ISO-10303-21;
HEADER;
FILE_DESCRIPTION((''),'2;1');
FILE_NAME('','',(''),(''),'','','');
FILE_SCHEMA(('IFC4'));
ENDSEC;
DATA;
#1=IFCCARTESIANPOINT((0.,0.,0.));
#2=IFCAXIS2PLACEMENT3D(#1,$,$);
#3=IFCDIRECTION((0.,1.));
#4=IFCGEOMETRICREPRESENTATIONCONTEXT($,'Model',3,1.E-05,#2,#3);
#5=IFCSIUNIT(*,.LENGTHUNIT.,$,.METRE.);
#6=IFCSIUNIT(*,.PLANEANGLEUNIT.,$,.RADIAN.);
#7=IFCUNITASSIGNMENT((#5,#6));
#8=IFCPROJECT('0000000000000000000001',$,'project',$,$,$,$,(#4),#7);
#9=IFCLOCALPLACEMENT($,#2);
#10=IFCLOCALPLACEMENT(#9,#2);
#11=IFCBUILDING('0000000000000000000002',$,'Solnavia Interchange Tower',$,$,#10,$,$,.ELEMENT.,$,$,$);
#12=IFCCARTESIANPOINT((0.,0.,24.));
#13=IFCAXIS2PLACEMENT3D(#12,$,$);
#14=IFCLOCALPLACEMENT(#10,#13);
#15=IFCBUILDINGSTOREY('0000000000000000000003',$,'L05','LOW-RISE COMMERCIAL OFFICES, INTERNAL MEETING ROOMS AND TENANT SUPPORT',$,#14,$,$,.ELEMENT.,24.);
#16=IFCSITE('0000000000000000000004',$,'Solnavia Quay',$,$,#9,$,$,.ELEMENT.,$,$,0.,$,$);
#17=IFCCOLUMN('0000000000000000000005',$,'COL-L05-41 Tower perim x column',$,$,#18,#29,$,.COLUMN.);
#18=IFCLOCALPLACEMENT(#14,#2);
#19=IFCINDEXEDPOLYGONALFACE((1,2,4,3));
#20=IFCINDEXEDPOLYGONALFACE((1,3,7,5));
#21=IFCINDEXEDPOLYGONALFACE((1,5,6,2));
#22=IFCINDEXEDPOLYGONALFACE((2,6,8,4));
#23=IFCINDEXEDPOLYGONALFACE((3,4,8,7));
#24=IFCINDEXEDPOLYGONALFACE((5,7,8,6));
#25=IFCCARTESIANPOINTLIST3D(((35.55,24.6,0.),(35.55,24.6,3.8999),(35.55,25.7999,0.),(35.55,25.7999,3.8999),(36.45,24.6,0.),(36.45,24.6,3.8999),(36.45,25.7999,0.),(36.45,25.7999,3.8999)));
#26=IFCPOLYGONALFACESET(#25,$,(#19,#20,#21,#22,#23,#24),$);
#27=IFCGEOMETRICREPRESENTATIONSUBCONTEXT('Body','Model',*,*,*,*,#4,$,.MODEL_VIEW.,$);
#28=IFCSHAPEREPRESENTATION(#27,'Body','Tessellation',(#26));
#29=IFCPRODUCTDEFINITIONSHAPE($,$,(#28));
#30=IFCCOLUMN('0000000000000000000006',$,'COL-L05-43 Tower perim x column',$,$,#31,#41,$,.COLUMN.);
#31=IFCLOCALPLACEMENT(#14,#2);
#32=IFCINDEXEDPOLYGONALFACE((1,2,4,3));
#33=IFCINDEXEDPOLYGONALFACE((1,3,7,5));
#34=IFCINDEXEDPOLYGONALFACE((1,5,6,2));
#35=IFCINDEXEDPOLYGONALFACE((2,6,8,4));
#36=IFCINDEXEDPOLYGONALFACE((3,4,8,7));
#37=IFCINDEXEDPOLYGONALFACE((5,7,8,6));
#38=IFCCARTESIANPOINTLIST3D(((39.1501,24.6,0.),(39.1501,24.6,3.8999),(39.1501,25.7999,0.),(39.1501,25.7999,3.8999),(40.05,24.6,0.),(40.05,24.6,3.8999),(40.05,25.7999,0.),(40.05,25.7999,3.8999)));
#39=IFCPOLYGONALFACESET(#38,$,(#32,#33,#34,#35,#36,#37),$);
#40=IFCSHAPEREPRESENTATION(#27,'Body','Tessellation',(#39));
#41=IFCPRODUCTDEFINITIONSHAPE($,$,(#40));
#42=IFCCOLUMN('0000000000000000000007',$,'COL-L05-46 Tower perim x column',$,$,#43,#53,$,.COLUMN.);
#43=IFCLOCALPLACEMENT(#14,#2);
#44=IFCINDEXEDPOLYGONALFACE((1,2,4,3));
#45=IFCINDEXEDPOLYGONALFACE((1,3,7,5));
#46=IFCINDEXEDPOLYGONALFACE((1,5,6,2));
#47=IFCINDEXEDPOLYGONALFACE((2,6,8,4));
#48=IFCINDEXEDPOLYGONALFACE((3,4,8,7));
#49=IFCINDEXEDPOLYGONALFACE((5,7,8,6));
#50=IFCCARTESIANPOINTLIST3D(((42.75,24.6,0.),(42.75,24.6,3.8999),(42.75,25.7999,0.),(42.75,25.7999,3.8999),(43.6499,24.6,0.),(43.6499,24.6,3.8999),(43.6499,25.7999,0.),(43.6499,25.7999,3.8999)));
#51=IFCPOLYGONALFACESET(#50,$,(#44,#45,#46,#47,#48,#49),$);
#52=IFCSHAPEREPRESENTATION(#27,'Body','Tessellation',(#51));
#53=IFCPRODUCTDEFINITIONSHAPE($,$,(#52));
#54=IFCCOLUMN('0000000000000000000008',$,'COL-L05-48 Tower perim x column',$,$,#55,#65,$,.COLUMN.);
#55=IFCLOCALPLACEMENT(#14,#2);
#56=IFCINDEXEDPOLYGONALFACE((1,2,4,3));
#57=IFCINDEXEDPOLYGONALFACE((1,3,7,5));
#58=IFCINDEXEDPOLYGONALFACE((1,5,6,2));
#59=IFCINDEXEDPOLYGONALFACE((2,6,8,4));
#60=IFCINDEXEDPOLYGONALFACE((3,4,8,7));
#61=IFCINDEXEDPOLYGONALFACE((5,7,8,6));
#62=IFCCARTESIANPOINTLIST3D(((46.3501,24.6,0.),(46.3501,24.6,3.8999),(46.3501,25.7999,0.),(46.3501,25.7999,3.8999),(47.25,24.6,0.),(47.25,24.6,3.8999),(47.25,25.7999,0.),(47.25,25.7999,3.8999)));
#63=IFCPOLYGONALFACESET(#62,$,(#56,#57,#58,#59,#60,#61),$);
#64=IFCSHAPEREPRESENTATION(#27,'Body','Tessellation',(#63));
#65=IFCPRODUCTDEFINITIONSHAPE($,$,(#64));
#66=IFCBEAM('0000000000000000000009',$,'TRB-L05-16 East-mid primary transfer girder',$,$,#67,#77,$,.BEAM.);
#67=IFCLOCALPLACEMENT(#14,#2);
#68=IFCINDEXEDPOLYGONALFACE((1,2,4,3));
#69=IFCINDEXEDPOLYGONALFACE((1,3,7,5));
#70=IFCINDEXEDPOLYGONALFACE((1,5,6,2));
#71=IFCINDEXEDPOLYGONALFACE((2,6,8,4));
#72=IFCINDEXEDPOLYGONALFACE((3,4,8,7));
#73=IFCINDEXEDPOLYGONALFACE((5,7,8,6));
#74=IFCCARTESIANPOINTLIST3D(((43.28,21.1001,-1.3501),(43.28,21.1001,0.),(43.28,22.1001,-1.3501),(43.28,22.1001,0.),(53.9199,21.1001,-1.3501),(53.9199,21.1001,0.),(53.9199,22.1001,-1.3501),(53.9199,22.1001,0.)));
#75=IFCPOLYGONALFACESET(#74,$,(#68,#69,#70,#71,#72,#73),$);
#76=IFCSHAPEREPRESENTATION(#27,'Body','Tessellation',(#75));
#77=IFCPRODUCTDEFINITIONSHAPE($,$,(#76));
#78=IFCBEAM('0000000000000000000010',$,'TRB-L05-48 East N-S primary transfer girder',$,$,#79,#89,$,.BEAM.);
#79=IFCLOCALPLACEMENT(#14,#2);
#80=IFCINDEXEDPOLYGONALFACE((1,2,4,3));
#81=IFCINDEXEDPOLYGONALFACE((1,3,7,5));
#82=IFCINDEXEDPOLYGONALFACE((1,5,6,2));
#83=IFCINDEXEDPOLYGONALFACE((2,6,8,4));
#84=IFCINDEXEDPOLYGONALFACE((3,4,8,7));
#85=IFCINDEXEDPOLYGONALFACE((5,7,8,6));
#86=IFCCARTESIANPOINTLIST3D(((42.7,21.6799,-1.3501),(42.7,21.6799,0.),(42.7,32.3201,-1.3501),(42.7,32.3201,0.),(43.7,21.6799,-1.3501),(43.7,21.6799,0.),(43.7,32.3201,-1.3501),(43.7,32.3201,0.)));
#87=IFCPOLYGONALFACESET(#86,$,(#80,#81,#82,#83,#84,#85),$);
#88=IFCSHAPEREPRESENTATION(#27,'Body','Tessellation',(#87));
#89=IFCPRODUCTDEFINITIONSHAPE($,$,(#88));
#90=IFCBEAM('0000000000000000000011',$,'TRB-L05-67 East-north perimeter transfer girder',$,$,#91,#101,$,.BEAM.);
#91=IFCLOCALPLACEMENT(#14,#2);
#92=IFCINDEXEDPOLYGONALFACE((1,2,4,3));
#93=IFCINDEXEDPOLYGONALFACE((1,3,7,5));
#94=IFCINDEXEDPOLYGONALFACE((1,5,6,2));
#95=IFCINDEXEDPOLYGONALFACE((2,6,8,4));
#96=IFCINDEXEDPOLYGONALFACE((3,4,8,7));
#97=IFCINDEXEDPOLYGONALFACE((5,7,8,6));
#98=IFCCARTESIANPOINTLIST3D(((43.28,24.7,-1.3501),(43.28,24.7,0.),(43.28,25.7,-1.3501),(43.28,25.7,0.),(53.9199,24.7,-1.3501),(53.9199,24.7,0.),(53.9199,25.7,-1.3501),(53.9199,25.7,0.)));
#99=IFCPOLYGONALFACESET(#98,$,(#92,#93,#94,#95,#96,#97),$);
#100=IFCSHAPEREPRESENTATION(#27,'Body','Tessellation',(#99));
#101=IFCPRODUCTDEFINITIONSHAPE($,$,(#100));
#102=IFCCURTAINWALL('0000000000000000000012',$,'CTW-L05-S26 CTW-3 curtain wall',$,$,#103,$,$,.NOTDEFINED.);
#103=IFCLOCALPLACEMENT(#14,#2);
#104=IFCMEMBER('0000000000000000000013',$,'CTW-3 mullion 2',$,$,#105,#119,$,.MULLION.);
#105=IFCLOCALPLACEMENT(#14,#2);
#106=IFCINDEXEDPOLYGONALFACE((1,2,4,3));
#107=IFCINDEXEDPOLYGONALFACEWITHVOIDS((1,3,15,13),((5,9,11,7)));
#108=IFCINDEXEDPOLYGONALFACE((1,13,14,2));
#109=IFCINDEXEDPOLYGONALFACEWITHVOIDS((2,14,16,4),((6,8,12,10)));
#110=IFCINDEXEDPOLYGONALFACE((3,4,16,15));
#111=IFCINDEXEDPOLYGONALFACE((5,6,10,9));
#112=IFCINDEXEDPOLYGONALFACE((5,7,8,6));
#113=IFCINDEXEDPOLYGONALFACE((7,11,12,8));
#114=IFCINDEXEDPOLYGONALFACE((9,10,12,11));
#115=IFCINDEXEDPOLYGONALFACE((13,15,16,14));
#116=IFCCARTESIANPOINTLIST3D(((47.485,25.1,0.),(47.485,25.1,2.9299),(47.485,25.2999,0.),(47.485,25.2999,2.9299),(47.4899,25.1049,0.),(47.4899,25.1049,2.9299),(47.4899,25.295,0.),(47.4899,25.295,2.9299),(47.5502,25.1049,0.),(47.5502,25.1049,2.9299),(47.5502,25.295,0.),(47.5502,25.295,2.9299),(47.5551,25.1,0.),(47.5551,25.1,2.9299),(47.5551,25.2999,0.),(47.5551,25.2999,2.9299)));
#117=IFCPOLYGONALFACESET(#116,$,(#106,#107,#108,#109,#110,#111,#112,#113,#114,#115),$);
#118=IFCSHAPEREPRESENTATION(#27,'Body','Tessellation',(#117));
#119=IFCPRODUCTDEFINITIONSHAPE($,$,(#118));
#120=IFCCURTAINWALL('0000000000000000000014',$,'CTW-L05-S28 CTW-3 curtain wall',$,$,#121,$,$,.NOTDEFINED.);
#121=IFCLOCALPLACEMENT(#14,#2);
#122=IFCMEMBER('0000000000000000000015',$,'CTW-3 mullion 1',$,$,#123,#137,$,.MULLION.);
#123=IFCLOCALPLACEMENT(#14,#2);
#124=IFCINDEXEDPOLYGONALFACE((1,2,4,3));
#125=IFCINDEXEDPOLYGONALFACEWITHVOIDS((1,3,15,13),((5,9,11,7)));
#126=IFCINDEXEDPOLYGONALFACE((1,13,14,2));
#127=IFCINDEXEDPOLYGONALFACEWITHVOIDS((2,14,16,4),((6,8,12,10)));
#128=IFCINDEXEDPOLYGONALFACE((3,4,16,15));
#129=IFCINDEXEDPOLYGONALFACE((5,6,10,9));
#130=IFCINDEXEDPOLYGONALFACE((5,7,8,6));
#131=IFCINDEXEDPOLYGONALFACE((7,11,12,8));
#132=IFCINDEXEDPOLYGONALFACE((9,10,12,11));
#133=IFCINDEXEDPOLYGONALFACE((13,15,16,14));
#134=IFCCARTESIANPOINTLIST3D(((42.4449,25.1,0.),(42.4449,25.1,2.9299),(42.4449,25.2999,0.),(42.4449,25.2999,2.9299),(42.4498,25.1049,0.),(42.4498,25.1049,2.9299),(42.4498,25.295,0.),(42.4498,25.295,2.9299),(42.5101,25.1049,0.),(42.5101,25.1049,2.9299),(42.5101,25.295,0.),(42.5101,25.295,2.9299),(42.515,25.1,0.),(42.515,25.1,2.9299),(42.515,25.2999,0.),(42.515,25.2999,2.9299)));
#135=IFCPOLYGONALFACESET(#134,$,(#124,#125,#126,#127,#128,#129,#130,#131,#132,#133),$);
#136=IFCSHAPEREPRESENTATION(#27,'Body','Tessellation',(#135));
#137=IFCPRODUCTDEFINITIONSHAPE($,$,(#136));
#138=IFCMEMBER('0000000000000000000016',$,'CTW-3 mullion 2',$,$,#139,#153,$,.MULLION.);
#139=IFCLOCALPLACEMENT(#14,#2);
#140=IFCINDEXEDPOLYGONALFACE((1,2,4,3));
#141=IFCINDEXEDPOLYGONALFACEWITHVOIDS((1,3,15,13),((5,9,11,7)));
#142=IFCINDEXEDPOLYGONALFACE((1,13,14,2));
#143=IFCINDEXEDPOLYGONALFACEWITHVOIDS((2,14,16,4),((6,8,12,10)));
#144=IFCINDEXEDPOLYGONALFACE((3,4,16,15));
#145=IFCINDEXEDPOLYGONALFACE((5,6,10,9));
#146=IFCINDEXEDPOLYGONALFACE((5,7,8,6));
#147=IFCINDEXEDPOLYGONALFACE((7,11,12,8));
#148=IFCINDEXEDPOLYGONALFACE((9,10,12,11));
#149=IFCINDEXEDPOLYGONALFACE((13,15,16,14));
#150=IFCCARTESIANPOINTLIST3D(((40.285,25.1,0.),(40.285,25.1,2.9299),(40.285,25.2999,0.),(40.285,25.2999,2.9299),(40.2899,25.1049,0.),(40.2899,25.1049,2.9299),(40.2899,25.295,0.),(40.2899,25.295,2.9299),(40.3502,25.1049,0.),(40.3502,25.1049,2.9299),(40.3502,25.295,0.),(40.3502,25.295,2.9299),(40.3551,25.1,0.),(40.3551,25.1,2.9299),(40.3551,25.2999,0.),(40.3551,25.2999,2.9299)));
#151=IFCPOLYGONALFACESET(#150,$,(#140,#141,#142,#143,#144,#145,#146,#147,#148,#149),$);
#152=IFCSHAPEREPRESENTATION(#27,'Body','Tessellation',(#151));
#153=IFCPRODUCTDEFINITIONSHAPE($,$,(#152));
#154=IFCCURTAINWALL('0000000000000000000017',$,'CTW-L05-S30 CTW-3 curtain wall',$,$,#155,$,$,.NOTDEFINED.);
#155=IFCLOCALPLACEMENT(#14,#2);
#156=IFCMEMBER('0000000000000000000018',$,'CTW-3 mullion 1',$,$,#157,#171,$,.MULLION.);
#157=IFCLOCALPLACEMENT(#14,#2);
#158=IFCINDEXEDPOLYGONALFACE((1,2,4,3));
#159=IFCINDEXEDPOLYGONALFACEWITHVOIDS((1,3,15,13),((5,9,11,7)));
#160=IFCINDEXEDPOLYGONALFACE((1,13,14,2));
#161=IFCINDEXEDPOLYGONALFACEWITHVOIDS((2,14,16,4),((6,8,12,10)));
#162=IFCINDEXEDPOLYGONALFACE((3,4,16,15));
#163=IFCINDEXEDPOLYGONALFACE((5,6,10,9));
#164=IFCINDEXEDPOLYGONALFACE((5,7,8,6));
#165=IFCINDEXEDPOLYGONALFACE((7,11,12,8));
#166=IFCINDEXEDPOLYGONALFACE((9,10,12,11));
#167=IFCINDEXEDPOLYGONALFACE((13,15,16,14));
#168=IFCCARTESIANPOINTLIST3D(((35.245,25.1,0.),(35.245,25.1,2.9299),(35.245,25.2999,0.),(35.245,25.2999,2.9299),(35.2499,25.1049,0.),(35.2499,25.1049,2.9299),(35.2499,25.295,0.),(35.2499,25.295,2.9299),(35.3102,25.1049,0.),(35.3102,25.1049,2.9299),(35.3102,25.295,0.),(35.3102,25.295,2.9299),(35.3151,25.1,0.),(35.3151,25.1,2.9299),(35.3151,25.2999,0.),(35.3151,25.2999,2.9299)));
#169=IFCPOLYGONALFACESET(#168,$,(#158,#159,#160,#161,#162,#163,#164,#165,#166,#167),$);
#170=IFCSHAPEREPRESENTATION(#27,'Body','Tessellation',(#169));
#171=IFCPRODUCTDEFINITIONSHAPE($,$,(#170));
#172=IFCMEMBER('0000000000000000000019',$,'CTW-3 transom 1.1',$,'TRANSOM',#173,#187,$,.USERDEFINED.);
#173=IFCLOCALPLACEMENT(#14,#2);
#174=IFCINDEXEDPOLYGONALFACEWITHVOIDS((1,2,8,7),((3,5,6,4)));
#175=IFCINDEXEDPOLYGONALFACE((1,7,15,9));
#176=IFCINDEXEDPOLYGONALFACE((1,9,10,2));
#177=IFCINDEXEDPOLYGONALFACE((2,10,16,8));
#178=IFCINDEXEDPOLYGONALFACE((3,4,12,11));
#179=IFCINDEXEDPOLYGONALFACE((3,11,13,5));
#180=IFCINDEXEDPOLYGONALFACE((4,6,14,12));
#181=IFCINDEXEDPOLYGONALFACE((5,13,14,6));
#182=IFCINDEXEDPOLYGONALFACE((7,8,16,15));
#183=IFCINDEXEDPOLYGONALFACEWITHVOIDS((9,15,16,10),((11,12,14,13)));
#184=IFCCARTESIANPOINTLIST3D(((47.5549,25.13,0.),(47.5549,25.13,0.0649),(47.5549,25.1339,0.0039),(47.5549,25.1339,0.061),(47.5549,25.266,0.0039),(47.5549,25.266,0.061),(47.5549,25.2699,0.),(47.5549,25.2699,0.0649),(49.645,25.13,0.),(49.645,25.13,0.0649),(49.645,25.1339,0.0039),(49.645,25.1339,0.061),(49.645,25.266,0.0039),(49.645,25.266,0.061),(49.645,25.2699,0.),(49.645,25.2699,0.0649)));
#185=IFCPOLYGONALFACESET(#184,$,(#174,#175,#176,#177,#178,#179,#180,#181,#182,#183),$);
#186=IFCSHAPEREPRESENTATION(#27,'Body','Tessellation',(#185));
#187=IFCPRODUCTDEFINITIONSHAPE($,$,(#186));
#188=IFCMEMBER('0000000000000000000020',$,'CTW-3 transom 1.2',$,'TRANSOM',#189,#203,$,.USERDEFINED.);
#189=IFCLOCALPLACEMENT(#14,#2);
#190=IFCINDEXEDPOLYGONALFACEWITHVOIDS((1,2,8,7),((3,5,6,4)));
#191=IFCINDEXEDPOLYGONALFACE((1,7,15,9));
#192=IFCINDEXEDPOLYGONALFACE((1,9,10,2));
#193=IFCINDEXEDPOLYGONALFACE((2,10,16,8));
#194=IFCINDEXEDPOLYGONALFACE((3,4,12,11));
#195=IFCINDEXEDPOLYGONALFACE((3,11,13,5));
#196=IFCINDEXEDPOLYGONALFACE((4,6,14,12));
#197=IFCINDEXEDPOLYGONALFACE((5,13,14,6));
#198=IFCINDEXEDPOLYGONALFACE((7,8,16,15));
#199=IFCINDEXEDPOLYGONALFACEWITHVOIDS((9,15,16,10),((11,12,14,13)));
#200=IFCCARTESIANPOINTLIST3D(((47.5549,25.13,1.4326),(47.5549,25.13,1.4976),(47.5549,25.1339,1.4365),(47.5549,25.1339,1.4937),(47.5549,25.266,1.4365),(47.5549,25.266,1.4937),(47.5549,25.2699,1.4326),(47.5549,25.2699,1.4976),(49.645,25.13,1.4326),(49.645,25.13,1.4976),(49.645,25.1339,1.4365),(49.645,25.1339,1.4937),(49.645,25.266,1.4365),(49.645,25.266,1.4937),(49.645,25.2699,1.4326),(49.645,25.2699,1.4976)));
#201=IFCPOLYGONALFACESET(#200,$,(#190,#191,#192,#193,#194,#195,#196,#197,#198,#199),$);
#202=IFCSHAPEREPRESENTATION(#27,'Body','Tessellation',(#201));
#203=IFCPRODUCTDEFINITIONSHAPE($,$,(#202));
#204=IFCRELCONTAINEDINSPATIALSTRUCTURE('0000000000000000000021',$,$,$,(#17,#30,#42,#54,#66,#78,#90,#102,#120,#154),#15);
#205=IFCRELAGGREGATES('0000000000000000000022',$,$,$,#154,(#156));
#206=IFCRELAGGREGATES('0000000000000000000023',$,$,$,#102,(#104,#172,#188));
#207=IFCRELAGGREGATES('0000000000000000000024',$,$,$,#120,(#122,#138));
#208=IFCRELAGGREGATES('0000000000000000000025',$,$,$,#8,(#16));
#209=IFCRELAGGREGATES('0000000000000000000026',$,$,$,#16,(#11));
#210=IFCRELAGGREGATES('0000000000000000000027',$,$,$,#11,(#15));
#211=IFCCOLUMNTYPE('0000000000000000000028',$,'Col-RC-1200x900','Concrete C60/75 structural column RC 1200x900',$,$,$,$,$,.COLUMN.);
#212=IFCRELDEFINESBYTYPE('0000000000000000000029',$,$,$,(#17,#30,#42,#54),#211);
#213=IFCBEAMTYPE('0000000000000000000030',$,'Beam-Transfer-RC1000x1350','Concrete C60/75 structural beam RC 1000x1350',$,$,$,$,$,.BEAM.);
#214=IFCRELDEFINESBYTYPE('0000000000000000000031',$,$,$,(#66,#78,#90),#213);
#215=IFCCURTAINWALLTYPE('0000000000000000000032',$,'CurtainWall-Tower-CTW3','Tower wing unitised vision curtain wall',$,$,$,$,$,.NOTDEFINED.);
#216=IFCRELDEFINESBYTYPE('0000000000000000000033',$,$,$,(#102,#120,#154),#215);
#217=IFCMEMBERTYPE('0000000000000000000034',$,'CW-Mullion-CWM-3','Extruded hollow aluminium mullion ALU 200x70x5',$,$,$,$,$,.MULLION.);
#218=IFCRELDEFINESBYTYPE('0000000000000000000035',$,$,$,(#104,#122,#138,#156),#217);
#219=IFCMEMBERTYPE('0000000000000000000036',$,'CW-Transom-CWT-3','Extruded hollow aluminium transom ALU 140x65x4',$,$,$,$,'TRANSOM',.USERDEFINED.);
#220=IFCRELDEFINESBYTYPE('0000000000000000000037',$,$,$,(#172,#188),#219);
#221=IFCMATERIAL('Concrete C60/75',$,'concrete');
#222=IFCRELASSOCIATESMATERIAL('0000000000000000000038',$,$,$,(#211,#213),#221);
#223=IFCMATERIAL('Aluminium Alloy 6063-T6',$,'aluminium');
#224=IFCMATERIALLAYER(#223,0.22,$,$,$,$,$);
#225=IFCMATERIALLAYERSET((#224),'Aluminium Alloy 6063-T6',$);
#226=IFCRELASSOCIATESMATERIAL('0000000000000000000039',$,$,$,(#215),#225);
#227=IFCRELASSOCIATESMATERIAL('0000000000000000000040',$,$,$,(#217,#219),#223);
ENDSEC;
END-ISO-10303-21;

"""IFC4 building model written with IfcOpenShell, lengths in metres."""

from ifc_helpers import new_model, si_unit, direction, frame, origin, origin_2d, place, context, subcontext, project, spatial, rectangle, hollow_rectangle, extrude, material, layer, layer_set, material_profile, profile_set, type_object, element, aggregate, save


model = new_model("IFC4")

# Units and contexts
model_context = context("Model", 3, precision=1e-05, world=origin(), true_north=direction((0.0, 1.0)))
body_context = subcontext(model_context, "Body", "Model", "MODEL_VIEW")
ifc_project = project(units=[si_unit("LENGTHUNIT", "METRE"), si_unit("PLANEANGLEUNIT", "RADIAN")], contexts=[model_context])

# Site, building, storey
site_placement = place(None, origin())
site = spatial("IfcSite", under=ifc_project, at=site_placement, Name="Solnavia Quay", CompositionType="ELEMENT", RefElevation=0.0)
building_placement = place(site_placement, origin())
building = spatial("IfcBuilding", under=site, at=building_placement, Name="Solnavia Interchange Tower", CompositionType="ELEMENT")
storey_placement = place(building_placement, frame((0.0, 0.0, 24.0)))
storey = spatial("IfcBuildingStorey", under=building, at=storey_placement, Name="L05", Description="LOW-RISE COMMERCIAL OFFICES, INTERNAL MEETING ROOMS AND TENANT SUPPORT", CompositionType="ELEMENT", Elevation=24.0)

# Columns
ifc_material_1 = material(Name="Concrete C60/75", Category="concrete")
ifc_material_profile_1 = material_profile(ifc_material_1, rectangle(XDim=0.8999, YDim=1.2, at=origin_2d()), Name="RC 1200x900")
ifc_profile_set_1 = profile_set([ifc_material_profile_1], Name="Concrete C60/75")
column_type = type_object("IfcColumnType", Name="Col-RC-1200x900", Description="Concrete C60/75 structural column RC 1200x900", PredefinedType="COLUMN", material=ifc_profile_set_1)
for number, where, z_axis, x_axis, name in (
    (1, (36.0, 25.2, 0.0), (0.0, 0.0, 1.0), (1.0, 0.0, 0.0), "COL-L05-41 Tower perim x column"),
    (2, (39.6001, 25.2, 0.0), (0.0, 0.0, 1.0), (1.0, 0.0, 0.0), "COL-L05-43 Tower perim x column"),
    (3, (43.2, 25.2, 0.0), (0.0, 0.0, 1.0), (1.0, 0.0, 0.0), "COL-L05-46 Tower perim x column"),
    (4, (46.8, 25.2, 0.0), (0.0, 0.0, 1.0), (1.0, 0.0, 0.0), "COL-L05-48 Tower perim x column"),
):
    element("IfcColumn", number, at=place(storey_placement, frame(where, z_axis=z_axis, x_axis=x_axis)), inside=storey, type_object=column_type, Name=name, PredefinedType="COLUMN", context=body_context, shape_type="SweptSolid", body=[
        extrude(rectangle(XDim=0.8999, YDim=1.2, at=origin_2d()), origin(), (0.0, 0.0, 1.0), 3.8999),
    ])

# Beams
ifc_material_profile_2 = material_profile(ifc_material_1, rectangle(XDim=1.0, YDim=1.3501, at=origin_2d()), Name="RC 1000x1350")
ifc_profile_set_2 = profile_set([ifc_material_profile_2], Name="Concrete C60/75")
beam_type = type_object("IfcBeamType", Name="Beam-Transfer-RC1000x1350", Description="Concrete C60/75 structural beam RC 1000x1350", PredefinedType="BEAM", material=ifc_profile_set_2)
beam_1_placement = place(storey_placement, frame((43.28, 21.6001, -0.675), z_axis=(1.0, 0.0, 0.0), x_axis=(0.0, 1.0, 0.0)))
element("IfcBeam", 5, at=beam_1_placement, inside=storey, type_object=beam_type, Name="TRB-L05-16 East-mid primary transfer girder", PredefinedType="BEAM", context=body_context, shape_type="SweptSolid", body=[
    extrude(rectangle(XDim=1.0, YDim=1.3501, at=origin_2d()), origin(), (0.0, 0.0, 1.0), 10.6399),
])
beam_2_placement = place(storey_placement, frame((43.2, 21.6799, -0.675), z_axis=(0.0, 1.0, 0.0), x_axis=(-1.0, 0.0, 0.0)))
element("IfcBeam", 6, at=beam_2_placement, inside=storey, type_object=beam_type, Name="TRB-L05-48 East N-S primary transfer girder", PredefinedType="BEAM", context=body_context, shape_type="SweptSolid", body=[
    extrude(rectangle(XDim=1.0, YDim=1.3501, at=origin_2d()), origin(), (0.0, 0.0, 1.0), 10.6401),
])
beam_3_placement = place(storey_placement, frame((43.28, 25.2, -0.675), z_axis=(1.0, 0.0, 0.0), x_axis=(0.0, 1.0, 0.0)))
element("IfcBeam", 7, at=beam_3_placement, inside=storey, type_object=beam_type, Name="TRB-L05-67 East-north perimeter transfer girder", PredefinedType="BEAM", context=body_context, shape_type="SweptSolid", body=[
    extrude(rectangle(XDim=1.0, YDim=1.3501, at=origin_2d()), origin(), (0.0, 0.0, 1.0), 10.6399),
])

# Curtain wall, member
ifc_material_2 = material(Name="Aluminium Alloy 6063-T6", Category="aluminium")
ifc_layer_1 = layer(ifc_material_2, 0.22)
ifc_layer_set_1 = layer_set([ifc_layer_1], Name="Aluminium Alloy 6063-T6")
curtain_wall_type = type_object("IfcCurtainWallType", Name="CurtainWall-Tower-CTW3", Description="Tower wing unitised vision curtain wall", PredefinedType="NOTDEFINED", material=ifc_layer_set_1)
curtain_wall_1_placement = place(storey_placement, origin())
curtain_wall_1 = element("IfcCurtainWall", 8, at=curtain_wall_1_placement, inside=storey, type_object=curtain_wall_type, Name="CTW-L05-S26 CTW-3 curtain wall", PredefinedType="NOTDEFINED")
ifc_material_profile_3 = material_profile(ifc_material_2, hollow_rectangle(XDim=0.0701, YDim=0.2, WallThickness=0.0049, at=origin_2d()), Name="ALU 200x70x5")
ifc_profile_set_3 = profile_set([ifc_material_profile_3], Name="Aluminium Alloy 6063-T6")
member_type_1 = type_object("IfcMemberType", Name="CW-Mullion-CWM-3", Description="Extruded hollow aluminium mullion ALU 200x70x5", PredefinedType="MULLION", material=ifc_profile_set_3)
member_1_placement = place(storey_placement, frame((47.52, 25.2, 0.0), z_axis=(0.0, 0.0, 1.0), x_axis=(-1.0, 0.0, 0.0)))
member_1 = element("IfcMember", 9, at=member_1_placement, type_object=member_type_1, Name="CTW-3 mullion 2", PredefinedType="MULLION", context=body_context, shape_type="SweptSolid", body=[
    extrude(hollow_rectangle(XDim=0.0701, YDim=0.2, WallThickness=0.0049, at=origin_2d()), origin(), (0.0, 0.0, 1.0), 2.9299),
])

# Curtain wall, members
curtain_wall_2_placement = place(storey_placement, origin())
curtain_wall_2 = element("IfcCurtainWall", 10, at=curtain_wall_2_placement, inside=storey, type_object=curtain_wall_type, Name="CTW-L05-S28 CTW-3 curtain wall", PredefinedType="NOTDEFINED")
member_2_placement = place(storey_placement, frame((42.48, 25.2, 0.0), z_axis=(0.0, 0.0, 1.0), x_axis=(-1.0, 0.0, 0.0)))
member_2 = element("IfcMember", 11, at=member_2_placement, type_object=member_type_1, Name="CTW-3 mullion 1", PredefinedType="MULLION", context=body_context, shape_type="SweptSolid", body=[
    extrude(hollow_rectangle(XDim=0.0701, YDim=0.2, WallThickness=0.0049, at=origin_2d()), origin(), (0.0, 0.0, 1.0), 2.9299),
])
member_3_placement = place(storey_placement, frame((40.3201, 25.2, 0.0), z_axis=(0.0, 0.0, 1.0), x_axis=(-1.0, 0.0, 0.0)))
member_3 = element("IfcMember", 12, at=member_3_placement, type_object=member_type_1, Name="CTW-3 mullion 2", PredefinedType="MULLION", context=body_context, shape_type="SweptSolid", body=[
    extrude(hollow_rectangle(XDim=0.0701, YDim=0.2, WallThickness=0.0049, at=origin_2d()), origin(), (0.0, 0.0, 1.0), 2.9299),
])

# Curtain wall, member
curtain_wall_3_placement = place(storey_placement, origin())
curtain_wall_3 = element("IfcCurtainWall", 13, at=curtain_wall_3_placement, inside=storey, type_object=curtain_wall_type, Name="CTW-L05-S30 CTW-3 curtain wall", PredefinedType="NOTDEFINED")
member_4_placement = place(storey_placement, frame((35.28, 25.2, 0.0), z_axis=(0.0, 0.0, 1.0), x_axis=(-1.0, 0.0, 0.0)))
member_4 = element("IfcMember", 14, at=member_4_placement, type_object=member_type_1, Name="CTW-3 mullion 1", PredefinedType="MULLION", context=body_context, shape_type="SweptSolid", body=[
    extrude(hollow_rectangle(XDim=0.0701, YDim=0.2, WallThickness=0.0049, at=origin_2d()), origin(), (0.0, 0.0, 1.0), 2.9299),
])
aggregate(curtain_wall_3, [member_4])

# Members
ifc_material_profile_4 = material_profile(ifc_material_2, hollow_rectangle(XDim=0.0649, YDim=0.1399, WallThickness=0.0039, at=origin_2d()), Name="ALU 140x65x4")
ifc_profile_set_4 = profile_set([ifc_material_profile_4], Name="Aluminium Alloy 6063-T6")
member_type_2 = type_object("IfcMemberType", Name="CW-Transom-CWT-3", Description="Extruded hollow aluminium transom ALU 140x65x4", ElementType="TRANSOM", PredefinedType="USERDEFINED", material=ifc_profile_set_4)
member_5_placement = place(storey_placement, frame((49.645, 25.2, 0.0325), z_axis=(-1.0, 0.0, 0.0), x_axis=(0.0, 0.0, 1.0)))
member_5 = element("IfcMember", 15, at=member_5_placement, type_object=member_type_2, Name="CTW-3 transom 1.1", ObjectType="TRANSOM", PredefinedType="USERDEFINED", context=body_context, shape_type="SweptSolid", body=[
    extrude(hollow_rectangle(XDim=0.0649, YDim=0.1399, WallThickness=0.0039, at=origin_2d()), origin(), (0.0, 0.0, 1.0), 2.0901),
])
member_6_placement = place(storey_placement, frame((49.645, 25.2, 1.4651), z_axis=(-1.0, 0.0, 0.0), x_axis=(0.0, 0.0, 1.0)))
member_6 = element("IfcMember", 16, at=member_6_placement, type_object=member_type_2, Name="CTW-3 transom 1.2", ObjectType="TRANSOM", PredefinedType="USERDEFINED", context=body_context, shape_type="SweptSolid", body=[
    extrude(hollow_rectangle(XDim=0.0649, YDim=0.1399, WallThickness=0.0039, at=origin_2d()), origin(), (0.0, 0.0, 1.0), 2.0901),
])

aggregate(curtain_wall_1, [member_1, member_5, member_6])
aggregate(curtain_wall_2, [member_2, member_3])

save(model, "model.ifc")
